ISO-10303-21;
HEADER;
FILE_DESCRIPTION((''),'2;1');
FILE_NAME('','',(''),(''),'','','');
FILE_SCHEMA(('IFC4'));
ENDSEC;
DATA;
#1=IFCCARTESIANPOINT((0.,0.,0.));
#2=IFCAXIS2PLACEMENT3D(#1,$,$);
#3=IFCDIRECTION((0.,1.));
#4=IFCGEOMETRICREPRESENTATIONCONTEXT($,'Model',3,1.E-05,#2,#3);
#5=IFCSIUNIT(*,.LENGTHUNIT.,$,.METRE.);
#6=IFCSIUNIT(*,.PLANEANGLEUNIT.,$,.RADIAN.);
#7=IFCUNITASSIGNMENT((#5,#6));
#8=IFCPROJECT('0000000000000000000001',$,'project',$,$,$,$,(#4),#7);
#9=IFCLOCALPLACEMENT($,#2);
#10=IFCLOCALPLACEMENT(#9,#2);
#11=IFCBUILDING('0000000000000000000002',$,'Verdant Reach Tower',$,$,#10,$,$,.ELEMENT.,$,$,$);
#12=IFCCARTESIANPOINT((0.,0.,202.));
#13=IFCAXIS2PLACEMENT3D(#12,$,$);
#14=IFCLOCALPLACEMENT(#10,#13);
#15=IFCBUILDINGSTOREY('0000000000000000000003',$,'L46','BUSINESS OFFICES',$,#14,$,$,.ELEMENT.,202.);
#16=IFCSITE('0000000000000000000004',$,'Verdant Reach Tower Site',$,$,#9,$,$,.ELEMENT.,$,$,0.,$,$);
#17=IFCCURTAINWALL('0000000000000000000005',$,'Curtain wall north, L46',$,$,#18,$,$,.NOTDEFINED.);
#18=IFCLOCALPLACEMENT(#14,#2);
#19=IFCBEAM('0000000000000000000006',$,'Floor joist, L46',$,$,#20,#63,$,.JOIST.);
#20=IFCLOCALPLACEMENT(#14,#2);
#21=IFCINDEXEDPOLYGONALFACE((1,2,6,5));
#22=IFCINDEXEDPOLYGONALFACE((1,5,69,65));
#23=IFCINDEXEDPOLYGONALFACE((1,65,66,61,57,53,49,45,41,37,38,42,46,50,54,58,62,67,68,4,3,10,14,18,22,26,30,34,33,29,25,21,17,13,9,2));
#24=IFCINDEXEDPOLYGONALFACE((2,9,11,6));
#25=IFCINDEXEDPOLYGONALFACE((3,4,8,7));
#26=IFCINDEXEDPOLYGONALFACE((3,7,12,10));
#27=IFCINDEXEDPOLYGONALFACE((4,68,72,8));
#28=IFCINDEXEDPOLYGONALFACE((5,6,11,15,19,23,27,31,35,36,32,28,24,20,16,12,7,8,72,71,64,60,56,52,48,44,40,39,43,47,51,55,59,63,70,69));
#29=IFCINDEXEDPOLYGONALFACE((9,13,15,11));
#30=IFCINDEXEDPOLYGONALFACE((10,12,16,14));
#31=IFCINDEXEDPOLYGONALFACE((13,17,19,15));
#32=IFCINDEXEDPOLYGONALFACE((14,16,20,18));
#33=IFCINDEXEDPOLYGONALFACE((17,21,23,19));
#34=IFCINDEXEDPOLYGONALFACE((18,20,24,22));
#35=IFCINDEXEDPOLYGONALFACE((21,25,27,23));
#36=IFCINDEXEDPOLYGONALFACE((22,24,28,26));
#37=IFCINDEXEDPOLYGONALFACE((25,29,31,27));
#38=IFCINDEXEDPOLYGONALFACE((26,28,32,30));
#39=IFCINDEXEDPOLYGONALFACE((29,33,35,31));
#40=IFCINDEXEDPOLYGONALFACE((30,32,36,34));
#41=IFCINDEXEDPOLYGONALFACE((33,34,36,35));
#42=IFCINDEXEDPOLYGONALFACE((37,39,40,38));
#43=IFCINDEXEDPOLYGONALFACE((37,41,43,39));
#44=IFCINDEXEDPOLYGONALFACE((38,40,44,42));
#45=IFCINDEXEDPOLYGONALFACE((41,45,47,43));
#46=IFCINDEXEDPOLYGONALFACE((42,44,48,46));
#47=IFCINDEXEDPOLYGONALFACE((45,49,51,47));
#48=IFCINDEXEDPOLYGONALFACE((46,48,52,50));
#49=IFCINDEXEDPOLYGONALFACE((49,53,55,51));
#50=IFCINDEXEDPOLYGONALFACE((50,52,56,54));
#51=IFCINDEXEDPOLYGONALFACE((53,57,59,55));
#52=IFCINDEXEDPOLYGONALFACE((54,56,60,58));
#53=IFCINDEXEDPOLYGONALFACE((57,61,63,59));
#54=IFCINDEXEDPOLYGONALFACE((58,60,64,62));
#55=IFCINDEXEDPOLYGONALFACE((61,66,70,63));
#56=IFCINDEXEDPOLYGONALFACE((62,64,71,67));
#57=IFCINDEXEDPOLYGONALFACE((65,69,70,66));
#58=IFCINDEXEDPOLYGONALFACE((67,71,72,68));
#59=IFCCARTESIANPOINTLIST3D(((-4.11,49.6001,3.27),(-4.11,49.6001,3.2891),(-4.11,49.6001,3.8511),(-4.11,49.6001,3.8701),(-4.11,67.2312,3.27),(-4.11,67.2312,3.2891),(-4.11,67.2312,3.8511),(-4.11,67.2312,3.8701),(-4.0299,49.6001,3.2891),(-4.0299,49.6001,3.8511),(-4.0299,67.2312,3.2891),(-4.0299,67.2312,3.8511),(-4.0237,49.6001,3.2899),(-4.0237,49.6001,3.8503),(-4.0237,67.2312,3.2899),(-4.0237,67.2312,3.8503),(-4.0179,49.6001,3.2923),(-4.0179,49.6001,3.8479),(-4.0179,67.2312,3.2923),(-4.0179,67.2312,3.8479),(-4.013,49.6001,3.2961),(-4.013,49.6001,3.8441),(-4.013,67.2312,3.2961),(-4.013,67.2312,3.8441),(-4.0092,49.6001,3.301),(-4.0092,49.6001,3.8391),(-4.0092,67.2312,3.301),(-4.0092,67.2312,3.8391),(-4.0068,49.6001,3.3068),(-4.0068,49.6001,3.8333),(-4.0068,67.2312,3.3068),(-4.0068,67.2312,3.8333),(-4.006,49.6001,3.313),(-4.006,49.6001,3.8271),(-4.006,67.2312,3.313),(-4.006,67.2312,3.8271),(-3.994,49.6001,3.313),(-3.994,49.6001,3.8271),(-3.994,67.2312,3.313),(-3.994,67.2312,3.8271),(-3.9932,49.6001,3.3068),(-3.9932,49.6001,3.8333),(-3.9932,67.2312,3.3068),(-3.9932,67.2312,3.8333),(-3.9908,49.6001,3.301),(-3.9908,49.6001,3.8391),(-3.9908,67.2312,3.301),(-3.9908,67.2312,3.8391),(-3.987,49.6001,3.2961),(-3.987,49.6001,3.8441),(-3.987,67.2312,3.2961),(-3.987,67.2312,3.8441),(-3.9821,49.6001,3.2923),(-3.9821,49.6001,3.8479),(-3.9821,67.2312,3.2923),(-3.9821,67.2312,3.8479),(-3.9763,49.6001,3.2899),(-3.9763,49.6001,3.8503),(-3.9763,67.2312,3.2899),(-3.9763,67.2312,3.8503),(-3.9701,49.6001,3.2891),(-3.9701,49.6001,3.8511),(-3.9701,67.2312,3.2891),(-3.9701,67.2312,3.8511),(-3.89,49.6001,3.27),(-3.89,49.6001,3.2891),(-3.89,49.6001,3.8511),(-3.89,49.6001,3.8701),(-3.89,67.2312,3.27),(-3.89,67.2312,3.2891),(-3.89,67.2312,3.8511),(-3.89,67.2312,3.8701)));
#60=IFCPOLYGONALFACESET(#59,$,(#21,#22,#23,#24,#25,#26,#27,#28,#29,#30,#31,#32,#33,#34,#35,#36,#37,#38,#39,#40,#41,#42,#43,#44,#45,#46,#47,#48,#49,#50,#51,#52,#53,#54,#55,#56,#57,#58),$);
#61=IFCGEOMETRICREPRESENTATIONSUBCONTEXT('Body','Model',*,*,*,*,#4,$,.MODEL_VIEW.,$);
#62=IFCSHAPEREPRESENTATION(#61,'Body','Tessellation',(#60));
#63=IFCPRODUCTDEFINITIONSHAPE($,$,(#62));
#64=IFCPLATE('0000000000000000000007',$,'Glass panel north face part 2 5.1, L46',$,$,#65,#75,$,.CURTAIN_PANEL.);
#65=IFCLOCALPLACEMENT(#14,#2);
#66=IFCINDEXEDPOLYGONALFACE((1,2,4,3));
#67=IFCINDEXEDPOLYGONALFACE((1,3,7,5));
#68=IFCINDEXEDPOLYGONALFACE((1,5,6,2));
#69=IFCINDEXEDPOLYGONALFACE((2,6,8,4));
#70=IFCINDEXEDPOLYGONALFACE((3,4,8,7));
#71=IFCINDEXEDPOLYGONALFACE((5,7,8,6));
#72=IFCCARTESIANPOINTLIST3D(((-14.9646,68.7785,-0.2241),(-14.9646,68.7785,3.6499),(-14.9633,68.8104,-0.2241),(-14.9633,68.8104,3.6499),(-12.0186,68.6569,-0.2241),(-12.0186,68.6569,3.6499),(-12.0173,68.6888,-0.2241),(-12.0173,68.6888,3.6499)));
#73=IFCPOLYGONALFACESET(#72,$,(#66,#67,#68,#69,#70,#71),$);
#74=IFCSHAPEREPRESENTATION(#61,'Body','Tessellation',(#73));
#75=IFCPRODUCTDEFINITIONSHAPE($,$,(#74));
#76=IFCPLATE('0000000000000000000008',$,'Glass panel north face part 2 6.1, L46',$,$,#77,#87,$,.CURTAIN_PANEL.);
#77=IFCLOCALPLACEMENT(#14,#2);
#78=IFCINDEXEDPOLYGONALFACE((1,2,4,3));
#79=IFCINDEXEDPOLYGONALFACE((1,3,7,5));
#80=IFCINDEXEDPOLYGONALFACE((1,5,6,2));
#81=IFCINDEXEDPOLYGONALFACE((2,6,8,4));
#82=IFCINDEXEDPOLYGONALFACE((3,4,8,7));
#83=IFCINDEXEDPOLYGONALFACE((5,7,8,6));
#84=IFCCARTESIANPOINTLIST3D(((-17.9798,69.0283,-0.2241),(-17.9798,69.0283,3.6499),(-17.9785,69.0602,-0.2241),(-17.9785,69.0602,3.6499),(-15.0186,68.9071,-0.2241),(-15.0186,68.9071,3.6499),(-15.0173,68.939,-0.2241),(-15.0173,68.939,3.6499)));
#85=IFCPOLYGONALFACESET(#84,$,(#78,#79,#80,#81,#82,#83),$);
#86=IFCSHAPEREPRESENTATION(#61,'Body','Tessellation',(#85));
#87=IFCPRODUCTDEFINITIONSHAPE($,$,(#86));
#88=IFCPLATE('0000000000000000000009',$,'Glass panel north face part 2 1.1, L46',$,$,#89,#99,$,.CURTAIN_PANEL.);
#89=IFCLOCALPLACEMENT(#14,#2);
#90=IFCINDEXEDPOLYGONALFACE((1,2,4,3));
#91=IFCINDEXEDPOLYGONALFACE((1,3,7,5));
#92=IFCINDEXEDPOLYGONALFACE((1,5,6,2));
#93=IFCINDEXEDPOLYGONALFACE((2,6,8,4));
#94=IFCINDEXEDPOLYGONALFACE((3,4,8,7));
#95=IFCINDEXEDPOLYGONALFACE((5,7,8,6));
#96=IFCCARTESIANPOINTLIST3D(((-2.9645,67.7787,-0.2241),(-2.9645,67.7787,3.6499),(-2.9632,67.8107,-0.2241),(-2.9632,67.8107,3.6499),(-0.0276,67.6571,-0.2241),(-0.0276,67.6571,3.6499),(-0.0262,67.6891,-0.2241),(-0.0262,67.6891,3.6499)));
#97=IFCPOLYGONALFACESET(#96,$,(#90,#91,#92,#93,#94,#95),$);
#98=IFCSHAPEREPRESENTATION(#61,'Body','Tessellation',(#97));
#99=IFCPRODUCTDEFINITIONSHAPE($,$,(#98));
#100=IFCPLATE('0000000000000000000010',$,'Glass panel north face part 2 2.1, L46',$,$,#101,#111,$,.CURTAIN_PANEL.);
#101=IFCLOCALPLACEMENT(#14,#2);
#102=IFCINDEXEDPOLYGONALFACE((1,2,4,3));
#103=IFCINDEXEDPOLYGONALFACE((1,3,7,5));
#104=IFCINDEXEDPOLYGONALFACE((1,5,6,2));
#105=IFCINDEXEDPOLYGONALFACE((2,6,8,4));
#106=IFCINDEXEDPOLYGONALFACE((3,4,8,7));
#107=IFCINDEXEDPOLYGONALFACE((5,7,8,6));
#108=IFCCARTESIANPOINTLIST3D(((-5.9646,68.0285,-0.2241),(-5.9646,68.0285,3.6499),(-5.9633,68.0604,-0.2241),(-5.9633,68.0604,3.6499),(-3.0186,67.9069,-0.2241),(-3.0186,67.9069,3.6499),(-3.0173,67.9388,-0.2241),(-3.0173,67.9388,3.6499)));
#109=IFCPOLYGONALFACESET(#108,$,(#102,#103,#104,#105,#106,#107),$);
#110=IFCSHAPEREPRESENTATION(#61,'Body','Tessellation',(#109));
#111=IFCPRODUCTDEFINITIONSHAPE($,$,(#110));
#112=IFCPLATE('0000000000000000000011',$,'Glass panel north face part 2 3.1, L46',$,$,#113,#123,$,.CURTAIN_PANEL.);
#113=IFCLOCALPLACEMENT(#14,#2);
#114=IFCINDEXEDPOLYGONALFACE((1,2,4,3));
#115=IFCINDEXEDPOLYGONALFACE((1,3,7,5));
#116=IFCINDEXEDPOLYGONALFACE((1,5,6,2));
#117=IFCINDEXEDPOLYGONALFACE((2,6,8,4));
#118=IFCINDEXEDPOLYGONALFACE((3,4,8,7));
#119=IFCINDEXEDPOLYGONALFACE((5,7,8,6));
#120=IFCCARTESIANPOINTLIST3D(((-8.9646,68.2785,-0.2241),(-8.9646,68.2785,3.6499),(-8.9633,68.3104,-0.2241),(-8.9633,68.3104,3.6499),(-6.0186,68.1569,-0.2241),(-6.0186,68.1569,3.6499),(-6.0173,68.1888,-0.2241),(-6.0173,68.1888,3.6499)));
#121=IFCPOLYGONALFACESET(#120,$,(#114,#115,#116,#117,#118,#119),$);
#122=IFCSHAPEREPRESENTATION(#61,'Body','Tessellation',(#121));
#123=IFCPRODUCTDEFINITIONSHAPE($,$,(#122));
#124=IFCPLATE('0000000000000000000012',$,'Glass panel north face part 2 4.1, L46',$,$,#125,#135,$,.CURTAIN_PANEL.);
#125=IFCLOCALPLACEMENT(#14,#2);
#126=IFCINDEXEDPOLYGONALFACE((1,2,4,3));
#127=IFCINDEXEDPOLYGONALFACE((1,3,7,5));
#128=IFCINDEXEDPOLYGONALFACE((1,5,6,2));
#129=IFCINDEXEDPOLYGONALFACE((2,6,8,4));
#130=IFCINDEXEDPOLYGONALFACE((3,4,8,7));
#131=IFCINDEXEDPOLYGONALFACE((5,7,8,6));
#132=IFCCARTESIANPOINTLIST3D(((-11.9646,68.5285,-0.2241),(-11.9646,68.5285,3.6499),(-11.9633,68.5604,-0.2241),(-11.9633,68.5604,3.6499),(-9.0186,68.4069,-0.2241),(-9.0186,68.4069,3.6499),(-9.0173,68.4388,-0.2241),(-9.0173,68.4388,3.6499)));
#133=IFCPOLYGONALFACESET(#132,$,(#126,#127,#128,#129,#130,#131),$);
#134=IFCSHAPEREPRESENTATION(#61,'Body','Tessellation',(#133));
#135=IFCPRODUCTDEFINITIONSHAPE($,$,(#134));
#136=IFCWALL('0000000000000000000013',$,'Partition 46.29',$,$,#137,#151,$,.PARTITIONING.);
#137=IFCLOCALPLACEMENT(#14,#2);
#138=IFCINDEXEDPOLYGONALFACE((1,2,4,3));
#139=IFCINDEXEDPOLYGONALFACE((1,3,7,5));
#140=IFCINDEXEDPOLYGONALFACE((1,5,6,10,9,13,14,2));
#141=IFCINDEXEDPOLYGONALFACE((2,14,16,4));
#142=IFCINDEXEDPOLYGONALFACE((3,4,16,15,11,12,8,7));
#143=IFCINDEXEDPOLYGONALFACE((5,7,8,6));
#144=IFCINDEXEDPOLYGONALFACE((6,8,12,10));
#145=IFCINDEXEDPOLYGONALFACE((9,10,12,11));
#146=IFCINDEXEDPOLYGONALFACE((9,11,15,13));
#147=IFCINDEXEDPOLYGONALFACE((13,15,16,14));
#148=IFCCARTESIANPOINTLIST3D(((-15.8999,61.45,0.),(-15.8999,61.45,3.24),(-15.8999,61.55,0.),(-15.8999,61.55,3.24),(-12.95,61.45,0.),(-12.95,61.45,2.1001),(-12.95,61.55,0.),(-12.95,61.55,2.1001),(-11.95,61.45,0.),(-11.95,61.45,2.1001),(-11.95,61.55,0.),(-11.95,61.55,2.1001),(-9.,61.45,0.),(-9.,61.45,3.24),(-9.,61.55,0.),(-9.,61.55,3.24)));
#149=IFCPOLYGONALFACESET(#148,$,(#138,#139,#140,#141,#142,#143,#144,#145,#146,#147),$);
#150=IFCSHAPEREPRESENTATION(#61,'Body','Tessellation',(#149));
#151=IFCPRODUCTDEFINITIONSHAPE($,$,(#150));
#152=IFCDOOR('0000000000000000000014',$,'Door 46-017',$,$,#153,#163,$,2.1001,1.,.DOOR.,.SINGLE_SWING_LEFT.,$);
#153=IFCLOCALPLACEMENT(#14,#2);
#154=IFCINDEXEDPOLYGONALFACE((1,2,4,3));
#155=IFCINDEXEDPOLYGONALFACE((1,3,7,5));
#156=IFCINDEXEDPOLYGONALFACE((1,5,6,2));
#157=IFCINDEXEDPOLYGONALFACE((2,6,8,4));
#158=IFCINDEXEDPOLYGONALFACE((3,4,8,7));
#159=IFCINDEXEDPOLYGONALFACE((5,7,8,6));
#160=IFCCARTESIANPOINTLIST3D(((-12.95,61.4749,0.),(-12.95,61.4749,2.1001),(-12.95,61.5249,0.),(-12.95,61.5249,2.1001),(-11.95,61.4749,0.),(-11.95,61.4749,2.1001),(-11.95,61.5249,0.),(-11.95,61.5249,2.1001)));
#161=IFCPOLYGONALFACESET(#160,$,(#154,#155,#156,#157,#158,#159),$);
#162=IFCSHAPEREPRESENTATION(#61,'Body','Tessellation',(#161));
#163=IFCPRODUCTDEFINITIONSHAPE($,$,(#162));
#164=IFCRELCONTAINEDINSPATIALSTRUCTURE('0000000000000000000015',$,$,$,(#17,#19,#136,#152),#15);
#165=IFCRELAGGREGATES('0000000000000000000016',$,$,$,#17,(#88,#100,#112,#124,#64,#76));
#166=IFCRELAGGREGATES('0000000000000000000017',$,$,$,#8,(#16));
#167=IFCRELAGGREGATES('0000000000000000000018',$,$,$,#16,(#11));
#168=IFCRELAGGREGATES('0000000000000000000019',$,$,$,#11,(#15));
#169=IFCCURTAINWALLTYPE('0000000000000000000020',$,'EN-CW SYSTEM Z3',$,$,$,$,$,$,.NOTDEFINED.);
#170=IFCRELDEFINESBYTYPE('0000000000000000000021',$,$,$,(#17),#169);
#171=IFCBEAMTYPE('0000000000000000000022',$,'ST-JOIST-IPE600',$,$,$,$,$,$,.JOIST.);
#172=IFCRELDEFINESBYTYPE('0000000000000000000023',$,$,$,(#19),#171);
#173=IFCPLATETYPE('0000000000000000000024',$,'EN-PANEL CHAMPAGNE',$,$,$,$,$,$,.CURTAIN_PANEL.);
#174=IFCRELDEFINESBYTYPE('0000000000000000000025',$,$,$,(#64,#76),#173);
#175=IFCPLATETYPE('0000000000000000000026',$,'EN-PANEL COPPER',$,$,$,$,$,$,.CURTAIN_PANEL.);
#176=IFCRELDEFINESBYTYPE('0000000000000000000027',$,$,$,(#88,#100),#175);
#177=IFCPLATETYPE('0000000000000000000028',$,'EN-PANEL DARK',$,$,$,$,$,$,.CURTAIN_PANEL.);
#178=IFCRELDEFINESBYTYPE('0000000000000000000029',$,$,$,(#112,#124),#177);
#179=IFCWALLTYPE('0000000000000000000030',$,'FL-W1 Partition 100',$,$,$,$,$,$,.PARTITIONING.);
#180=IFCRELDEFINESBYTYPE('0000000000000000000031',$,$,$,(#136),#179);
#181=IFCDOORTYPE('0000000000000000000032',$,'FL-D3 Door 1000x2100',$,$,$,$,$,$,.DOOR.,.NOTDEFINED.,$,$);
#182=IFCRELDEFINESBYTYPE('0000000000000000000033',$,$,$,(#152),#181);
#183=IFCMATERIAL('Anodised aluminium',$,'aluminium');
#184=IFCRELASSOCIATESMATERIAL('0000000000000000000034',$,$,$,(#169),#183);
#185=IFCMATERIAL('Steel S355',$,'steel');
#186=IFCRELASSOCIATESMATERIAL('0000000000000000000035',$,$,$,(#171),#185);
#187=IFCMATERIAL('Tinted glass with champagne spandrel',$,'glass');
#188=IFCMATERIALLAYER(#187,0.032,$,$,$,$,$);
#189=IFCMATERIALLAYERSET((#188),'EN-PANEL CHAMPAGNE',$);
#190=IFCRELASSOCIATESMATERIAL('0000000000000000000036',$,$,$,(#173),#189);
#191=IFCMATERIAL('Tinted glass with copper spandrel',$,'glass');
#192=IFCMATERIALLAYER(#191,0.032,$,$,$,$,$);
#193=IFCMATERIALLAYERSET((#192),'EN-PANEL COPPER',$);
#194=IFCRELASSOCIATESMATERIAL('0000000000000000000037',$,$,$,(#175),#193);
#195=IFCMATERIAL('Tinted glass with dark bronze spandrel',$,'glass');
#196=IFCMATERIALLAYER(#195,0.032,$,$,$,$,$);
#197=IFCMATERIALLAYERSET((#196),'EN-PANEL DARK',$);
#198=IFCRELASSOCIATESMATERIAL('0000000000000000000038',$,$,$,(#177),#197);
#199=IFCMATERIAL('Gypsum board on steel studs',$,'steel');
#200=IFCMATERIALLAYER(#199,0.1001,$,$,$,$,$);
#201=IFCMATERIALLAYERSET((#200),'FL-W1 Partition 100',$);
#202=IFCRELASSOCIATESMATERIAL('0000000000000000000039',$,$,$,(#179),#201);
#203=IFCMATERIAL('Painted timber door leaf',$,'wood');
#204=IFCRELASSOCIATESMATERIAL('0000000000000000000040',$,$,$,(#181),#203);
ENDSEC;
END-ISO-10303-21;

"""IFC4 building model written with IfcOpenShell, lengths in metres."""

from ifc_helpers import new_model, si_unit, direction, frame, frame_2d, origin, origin_2d, place, context, subcontext, project, spatial, rectangle, i_section, extrude, material, layer, layer_set, material_profile, profile_set, type_object, element, fill, aggregate, save


model = new_model("IFC4")

# Units and contexts
model_context = context("Model", 3, precision=1e-05, world=origin(), true_north=direction((0.0, 1.0)))
body_context = subcontext(model_context, "Body", "Model", "MODEL_VIEW")
ifc_project = project(units=[si_unit("LENGTHUNIT", "METRE"), si_unit("PLANEANGLEUNIT", "RADIAN")], contexts=[model_context])

# Site, building, storey
site_placement = place(None, origin())
site = spatial("IfcSite", under=ifc_project, at=site_placement, Name="Verdant Reach Tower Site", CompositionType="ELEMENT", RefElevation=0.0)
building_placement = place(site_placement, origin())
building = spatial("IfcBuilding", under=site, at=building_placement, Name="Verdant Reach Tower", CompositionType="ELEMENT")
storey_placement = place(building_placement, frame((0.0, 0.0, 202.0)))
storey = spatial("IfcBuildingStorey", under=building, at=storey_placement, Name="L46", Description="BUSINESS OFFICES", CompositionType="ELEMENT", Elevation=202.0)

# Curtain wall
ifc_material_1 = material(Name="Anodised aluminium", Category="aluminium")
curtain_wall_type = type_object("IfcCurtainWallType", Name="EN-CW SYSTEM Z3", PredefinedType="NOTDEFINED", material=ifc_material_1)
curtain_wall_placement = place(storey_placement, origin())
curtain_wall = element("IfcCurtainWall", 1, at=curtain_wall_placement, inside=storey, type_object=curtain_wall_type, Name="Curtain wall north, L46", PredefinedType="NOTDEFINED")

# Beam
ifc_material_2 = material(Name="Steel S355", Category="steel")
ifc_material_profile_1 = material_profile(ifc_material_2, i_section(OverallWidth=0.22, OverallDepth=0.6001, WebThickness=0.012, FlangeThickness=0.019, FilletRadius=0.0239, at=origin_2d()), Name="IPE 600")
ifc_profile_set_1 = profile_set([ifc_material_profile_1], Name="Steel S355")
beam_type = type_object("IfcBeamType", Name="ST-JOIST-IPE600", PredefinedType="JOIST", material=ifc_profile_set_1)
beam_1_placement = place(storey_placement, frame((-4.0, 49.6001, 3.5701), z_axis=(0.0, 1.0, 0.0), x_axis=(-1.0, 0.0, 0.0)))
element("IfcBeam", 2, at=beam_1_placement, inside=storey, type_object=beam_type, Name="Floor joist, L46", PredefinedType="JOIST", context=body_context, shape_type="SweptSolid", body=[
    extrude(i_section(OverallWidth=0.22, OverallDepth=0.6001, WebThickness=0.012, FlangeThickness=0.019, FilletRadius=0.0239, at=origin_2d()), origin(), (0.0, 0.0, 1.0), 17.6311),
])

# Plates
ifc_material_3 = material(Name="Tinted glass with champagne spandrel", Category="glass")
ifc_layer_1 = layer(ifc_material_3, 0.032)
ifc_layer_set_1 = layer_set([ifc_layer_1], Name="EN-PANEL CHAMPAGNE")
plate_type_1 = type_object("IfcPlateType", Name="EN-PANEL CHAMPAGNE", PredefinedType="CURTAIN_PANEL", material=ifc_layer_set_1)
plate_1_placement = place(storey_placement, frame((-13.491, 68.7336, -0.2241), z_axis=(0.0, 0.0, 1.0), x_axis=(-0.999149, 0.041242, 0.0)))
plate_1 = element("IfcPlate", 3, at=plate_1_placement, type_object=plate_type_1, Name="Glass panel north face part 2 5.1, L46", PredefinedType="CURTAIN_PANEL", context=body_context, shape_type="SweptSolid", body=[
    extrude(rectangle(XDim=2.9485, YDim=0.032, at=origin_2d()), origin(), (0.0, 0.0, 1.0), 3.874),
])
plate_2_placement = place(storey_placement, frame((-16.4985, 68.9836, -0.2241), z_axis=(0.0, 0.0, 1.0), x_axis=(-0.999164, 0.040891, 0.0)))
plate_2 = element("IfcPlate", 4, at=plate_2_placement, type_object=plate_type_1, Name="Glass panel north face part 2 6.1, L46", PredefinedType="CURTAIN_PANEL", context=body_context, shape_type="SweptSolid", body=[
    extrude(rectangle(XDim=2.9636, YDim=0.032, at=origin_2d()), origin(), (0.0, 0.0, 1.0), 3.874),
])
ifc_material_4 = material(Name="Tinted glass with copper spandrel", Category="glass")
ifc_layer_2 = layer(ifc_material_4, 0.032)
ifc_layer_set_2 = layer_set([ifc_layer_2], Name="EN-PANEL COPPER")
plate_type_2 = type_object("IfcPlateType", Name="EN-PANEL COPPER", PredefinedType="CURTAIN_PANEL", material=ifc_layer_set_2)
plate_3_placement = place(storey_placement, frame((-1.4954, 67.7339, -0.2241), z_axis=(0.0, 0.0, 1.0), x_axis=(-0.999144, 0.041367, 0.0)))
plate_3 = element("IfcPlate", 5, at=plate_3_placement, type_object=plate_type_2, Name="Glass panel north face part 2 1.1, L46", PredefinedType="CURTAIN_PANEL", context=body_context, shape_type="SweptSolid", body=[
    extrude(rectangle(XDim=2.9395, YDim=0.032, at=origin_2d()), origin(), (0.0, 0.0, 1.0), 3.874),
])
plate_4_placement = place(storey_placement, frame((-4.491, 67.9836, -0.2241), z_axis=(0.0, 0.0, 1.0), x_axis=(-0.999149, 0.041242, 0.0)))
plate_4 = element("IfcPlate", 6, at=plate_4_placement, type_object=plate_type_2, Name="Glass panel north face part 2 2.1, L46", PredefinedType="CURTAIN_PANEL", context=body_context, shape_type="SweptSolid", body=[
    extrude(rectangle(XDim=2.9485, YDim=0.032, at=origin_2d()), origin(), (0.0, 0.0, 1.0), 3.874),
])
ifc_material_5 = material(Name="Tinted glass with dark bronze spandrel", Category="glass")
ifc_layer_3 = layer(ifc_material_5, 0.032)
ifc_layer_set_3 = layer_set([ifc_layer_3], Name="EN-PANEL DARK")
plate_type_3 = type_object("IfcPlateType", Name="EN-PANEL DARK", PredefinedType="CURTAIN_PANEL", material=ifc_layer_set_3)
plate_5_placement = place(storey_placement, frame((-7.491, 68.2336, -0.2241), z_axis=(0.0, 0.0, 1.0), x_axis=(-0.999149, 0.041242, 0.0)))
plate_5 = element("IfcPlate", 7, at=plate_5_placement, type_object=plate_type_3, Name="Glass panel north face part 2 3.1, L46", PredefinedType="CURTAIN_PANEL", context=body_context, shape_type="SweptSolid", body=[
    extrude(rectangle(XDim=2.9485, YDim=0.032, at=origin_2d()), origin(), (0.0, 0.0, 1.0), 3.874),
])
plate_6_placement = place(storey_placement, frame((-10.491, 68.4836, -0.2241), z_axis=(0.0, 0.0, 1.0), x_axis=(-0.999149, 0.041242, 0.0)))
plate_6 = element("IfcPlate", 8, at=plate_6_placement, type_object=plate_type_3, Name="Glass panel north face part 2 4.1, L46", PredefinedType="CURTAIN_PANEL", context=body_context, shape_type="SweptSolid", body=[
    extrude(rectangle(XDim=2.9485, YDim=0.032, at=origin_2d()), origin(), (0.0, 0.0, 1.0), 3.874),
])
aggregate(curtain_wall, [plate_3, plate_4, plate_5, plate_6, plate_1, plate_2])

# Wall, opening, door
ifc_material_6 = material(Name="Gypsum board on steel studs", Category="steel")
ifc_layer_4 = layer(ifc_material_6, 0.1001)
ifc_layer_set_4 = layer_set([ifc_layer_4], Name="FL-W1 Partition 100")
wall_type = type_object("IfcWallType", Name="FL-W1 Partition 100", PredefinedType="PARTITIONING", material=ifc_layer_set_4)
wall_1_placement = place(storey_placement, frame((-15.8999, 61.5, 0.0), z_axis=(0.0, 0.0, 1.0), x_axis=(1.0, 0.0, 0.0)))
wall_1 = element("IfcWall", 9, at=wall_1_placement, inside=storey, type_object=wall_type, Name="Partition 46.29", PredefinedType="PARTITIONING", context=body_context, shape_type="SweptSolid", body=[
    extrude(rectangle(XDim=6.8999, YDim=0.1001, at=frame_2d((3.45, 0.0))), origin(), (0.0, 0.0, 1.0), 3.24),
])
opening_1_placement = place(wall_1_placement, frame((2.95, 0.0, 0.0)))
opening_1 = element("IfcOpeningElement", 10, at=opening_1_placement, cuts=wall_1, PredefinedType="OPENING", context=body_context, shape_type="SweptSolid", body=[
    extrude(rectangle(XDim=1.0, YDim=2.1001, at=frame_2d((0.5, 1.05))), frame((0.0, 0.0601, 0.0), z_axis=(0.0, -1.0, 0.0), x_axis=(1.0, 0.0, 0.0)), (0.0, 0.0, 1.0), 0.1201),
])
ifc_material_7 = material(Name="Painted timber door leaf", Category="wood")
door_type = type_object("IfcDoorType", Name="FL-D3 Door 1000x2100", OperationType="NOTDEFINED", PredefinedType="DOOR", material=ifc_material_7)
door_1_placement = place(opening_1_placement, origin())
door_1 = element("IfcDoor", 11, at=door_1_placement, inside=storey, type_object=door_type, Name="Door 46-017", OperationType="SINGLE_SWING_LEFT", OverallHeight=2.1001, OverallWidth=1.0, PredefinedType="DOOR", context=body_context, shape_type="SweptSolid", body=[
    extrude(rectangle(XDim=1.0, YDim=2.1001, at=frame_2d((0.5, 1.05))), frame((0.0, 0.0249, 0.0), z_axis=(0.0, -1.0, 0.0), x_axis=(1.0, 0.0, 0.0)), (0.0, 0.0, 1.0), 0.05),
])
fill(opening_1, door_1)

save(model, "model.ifc")
